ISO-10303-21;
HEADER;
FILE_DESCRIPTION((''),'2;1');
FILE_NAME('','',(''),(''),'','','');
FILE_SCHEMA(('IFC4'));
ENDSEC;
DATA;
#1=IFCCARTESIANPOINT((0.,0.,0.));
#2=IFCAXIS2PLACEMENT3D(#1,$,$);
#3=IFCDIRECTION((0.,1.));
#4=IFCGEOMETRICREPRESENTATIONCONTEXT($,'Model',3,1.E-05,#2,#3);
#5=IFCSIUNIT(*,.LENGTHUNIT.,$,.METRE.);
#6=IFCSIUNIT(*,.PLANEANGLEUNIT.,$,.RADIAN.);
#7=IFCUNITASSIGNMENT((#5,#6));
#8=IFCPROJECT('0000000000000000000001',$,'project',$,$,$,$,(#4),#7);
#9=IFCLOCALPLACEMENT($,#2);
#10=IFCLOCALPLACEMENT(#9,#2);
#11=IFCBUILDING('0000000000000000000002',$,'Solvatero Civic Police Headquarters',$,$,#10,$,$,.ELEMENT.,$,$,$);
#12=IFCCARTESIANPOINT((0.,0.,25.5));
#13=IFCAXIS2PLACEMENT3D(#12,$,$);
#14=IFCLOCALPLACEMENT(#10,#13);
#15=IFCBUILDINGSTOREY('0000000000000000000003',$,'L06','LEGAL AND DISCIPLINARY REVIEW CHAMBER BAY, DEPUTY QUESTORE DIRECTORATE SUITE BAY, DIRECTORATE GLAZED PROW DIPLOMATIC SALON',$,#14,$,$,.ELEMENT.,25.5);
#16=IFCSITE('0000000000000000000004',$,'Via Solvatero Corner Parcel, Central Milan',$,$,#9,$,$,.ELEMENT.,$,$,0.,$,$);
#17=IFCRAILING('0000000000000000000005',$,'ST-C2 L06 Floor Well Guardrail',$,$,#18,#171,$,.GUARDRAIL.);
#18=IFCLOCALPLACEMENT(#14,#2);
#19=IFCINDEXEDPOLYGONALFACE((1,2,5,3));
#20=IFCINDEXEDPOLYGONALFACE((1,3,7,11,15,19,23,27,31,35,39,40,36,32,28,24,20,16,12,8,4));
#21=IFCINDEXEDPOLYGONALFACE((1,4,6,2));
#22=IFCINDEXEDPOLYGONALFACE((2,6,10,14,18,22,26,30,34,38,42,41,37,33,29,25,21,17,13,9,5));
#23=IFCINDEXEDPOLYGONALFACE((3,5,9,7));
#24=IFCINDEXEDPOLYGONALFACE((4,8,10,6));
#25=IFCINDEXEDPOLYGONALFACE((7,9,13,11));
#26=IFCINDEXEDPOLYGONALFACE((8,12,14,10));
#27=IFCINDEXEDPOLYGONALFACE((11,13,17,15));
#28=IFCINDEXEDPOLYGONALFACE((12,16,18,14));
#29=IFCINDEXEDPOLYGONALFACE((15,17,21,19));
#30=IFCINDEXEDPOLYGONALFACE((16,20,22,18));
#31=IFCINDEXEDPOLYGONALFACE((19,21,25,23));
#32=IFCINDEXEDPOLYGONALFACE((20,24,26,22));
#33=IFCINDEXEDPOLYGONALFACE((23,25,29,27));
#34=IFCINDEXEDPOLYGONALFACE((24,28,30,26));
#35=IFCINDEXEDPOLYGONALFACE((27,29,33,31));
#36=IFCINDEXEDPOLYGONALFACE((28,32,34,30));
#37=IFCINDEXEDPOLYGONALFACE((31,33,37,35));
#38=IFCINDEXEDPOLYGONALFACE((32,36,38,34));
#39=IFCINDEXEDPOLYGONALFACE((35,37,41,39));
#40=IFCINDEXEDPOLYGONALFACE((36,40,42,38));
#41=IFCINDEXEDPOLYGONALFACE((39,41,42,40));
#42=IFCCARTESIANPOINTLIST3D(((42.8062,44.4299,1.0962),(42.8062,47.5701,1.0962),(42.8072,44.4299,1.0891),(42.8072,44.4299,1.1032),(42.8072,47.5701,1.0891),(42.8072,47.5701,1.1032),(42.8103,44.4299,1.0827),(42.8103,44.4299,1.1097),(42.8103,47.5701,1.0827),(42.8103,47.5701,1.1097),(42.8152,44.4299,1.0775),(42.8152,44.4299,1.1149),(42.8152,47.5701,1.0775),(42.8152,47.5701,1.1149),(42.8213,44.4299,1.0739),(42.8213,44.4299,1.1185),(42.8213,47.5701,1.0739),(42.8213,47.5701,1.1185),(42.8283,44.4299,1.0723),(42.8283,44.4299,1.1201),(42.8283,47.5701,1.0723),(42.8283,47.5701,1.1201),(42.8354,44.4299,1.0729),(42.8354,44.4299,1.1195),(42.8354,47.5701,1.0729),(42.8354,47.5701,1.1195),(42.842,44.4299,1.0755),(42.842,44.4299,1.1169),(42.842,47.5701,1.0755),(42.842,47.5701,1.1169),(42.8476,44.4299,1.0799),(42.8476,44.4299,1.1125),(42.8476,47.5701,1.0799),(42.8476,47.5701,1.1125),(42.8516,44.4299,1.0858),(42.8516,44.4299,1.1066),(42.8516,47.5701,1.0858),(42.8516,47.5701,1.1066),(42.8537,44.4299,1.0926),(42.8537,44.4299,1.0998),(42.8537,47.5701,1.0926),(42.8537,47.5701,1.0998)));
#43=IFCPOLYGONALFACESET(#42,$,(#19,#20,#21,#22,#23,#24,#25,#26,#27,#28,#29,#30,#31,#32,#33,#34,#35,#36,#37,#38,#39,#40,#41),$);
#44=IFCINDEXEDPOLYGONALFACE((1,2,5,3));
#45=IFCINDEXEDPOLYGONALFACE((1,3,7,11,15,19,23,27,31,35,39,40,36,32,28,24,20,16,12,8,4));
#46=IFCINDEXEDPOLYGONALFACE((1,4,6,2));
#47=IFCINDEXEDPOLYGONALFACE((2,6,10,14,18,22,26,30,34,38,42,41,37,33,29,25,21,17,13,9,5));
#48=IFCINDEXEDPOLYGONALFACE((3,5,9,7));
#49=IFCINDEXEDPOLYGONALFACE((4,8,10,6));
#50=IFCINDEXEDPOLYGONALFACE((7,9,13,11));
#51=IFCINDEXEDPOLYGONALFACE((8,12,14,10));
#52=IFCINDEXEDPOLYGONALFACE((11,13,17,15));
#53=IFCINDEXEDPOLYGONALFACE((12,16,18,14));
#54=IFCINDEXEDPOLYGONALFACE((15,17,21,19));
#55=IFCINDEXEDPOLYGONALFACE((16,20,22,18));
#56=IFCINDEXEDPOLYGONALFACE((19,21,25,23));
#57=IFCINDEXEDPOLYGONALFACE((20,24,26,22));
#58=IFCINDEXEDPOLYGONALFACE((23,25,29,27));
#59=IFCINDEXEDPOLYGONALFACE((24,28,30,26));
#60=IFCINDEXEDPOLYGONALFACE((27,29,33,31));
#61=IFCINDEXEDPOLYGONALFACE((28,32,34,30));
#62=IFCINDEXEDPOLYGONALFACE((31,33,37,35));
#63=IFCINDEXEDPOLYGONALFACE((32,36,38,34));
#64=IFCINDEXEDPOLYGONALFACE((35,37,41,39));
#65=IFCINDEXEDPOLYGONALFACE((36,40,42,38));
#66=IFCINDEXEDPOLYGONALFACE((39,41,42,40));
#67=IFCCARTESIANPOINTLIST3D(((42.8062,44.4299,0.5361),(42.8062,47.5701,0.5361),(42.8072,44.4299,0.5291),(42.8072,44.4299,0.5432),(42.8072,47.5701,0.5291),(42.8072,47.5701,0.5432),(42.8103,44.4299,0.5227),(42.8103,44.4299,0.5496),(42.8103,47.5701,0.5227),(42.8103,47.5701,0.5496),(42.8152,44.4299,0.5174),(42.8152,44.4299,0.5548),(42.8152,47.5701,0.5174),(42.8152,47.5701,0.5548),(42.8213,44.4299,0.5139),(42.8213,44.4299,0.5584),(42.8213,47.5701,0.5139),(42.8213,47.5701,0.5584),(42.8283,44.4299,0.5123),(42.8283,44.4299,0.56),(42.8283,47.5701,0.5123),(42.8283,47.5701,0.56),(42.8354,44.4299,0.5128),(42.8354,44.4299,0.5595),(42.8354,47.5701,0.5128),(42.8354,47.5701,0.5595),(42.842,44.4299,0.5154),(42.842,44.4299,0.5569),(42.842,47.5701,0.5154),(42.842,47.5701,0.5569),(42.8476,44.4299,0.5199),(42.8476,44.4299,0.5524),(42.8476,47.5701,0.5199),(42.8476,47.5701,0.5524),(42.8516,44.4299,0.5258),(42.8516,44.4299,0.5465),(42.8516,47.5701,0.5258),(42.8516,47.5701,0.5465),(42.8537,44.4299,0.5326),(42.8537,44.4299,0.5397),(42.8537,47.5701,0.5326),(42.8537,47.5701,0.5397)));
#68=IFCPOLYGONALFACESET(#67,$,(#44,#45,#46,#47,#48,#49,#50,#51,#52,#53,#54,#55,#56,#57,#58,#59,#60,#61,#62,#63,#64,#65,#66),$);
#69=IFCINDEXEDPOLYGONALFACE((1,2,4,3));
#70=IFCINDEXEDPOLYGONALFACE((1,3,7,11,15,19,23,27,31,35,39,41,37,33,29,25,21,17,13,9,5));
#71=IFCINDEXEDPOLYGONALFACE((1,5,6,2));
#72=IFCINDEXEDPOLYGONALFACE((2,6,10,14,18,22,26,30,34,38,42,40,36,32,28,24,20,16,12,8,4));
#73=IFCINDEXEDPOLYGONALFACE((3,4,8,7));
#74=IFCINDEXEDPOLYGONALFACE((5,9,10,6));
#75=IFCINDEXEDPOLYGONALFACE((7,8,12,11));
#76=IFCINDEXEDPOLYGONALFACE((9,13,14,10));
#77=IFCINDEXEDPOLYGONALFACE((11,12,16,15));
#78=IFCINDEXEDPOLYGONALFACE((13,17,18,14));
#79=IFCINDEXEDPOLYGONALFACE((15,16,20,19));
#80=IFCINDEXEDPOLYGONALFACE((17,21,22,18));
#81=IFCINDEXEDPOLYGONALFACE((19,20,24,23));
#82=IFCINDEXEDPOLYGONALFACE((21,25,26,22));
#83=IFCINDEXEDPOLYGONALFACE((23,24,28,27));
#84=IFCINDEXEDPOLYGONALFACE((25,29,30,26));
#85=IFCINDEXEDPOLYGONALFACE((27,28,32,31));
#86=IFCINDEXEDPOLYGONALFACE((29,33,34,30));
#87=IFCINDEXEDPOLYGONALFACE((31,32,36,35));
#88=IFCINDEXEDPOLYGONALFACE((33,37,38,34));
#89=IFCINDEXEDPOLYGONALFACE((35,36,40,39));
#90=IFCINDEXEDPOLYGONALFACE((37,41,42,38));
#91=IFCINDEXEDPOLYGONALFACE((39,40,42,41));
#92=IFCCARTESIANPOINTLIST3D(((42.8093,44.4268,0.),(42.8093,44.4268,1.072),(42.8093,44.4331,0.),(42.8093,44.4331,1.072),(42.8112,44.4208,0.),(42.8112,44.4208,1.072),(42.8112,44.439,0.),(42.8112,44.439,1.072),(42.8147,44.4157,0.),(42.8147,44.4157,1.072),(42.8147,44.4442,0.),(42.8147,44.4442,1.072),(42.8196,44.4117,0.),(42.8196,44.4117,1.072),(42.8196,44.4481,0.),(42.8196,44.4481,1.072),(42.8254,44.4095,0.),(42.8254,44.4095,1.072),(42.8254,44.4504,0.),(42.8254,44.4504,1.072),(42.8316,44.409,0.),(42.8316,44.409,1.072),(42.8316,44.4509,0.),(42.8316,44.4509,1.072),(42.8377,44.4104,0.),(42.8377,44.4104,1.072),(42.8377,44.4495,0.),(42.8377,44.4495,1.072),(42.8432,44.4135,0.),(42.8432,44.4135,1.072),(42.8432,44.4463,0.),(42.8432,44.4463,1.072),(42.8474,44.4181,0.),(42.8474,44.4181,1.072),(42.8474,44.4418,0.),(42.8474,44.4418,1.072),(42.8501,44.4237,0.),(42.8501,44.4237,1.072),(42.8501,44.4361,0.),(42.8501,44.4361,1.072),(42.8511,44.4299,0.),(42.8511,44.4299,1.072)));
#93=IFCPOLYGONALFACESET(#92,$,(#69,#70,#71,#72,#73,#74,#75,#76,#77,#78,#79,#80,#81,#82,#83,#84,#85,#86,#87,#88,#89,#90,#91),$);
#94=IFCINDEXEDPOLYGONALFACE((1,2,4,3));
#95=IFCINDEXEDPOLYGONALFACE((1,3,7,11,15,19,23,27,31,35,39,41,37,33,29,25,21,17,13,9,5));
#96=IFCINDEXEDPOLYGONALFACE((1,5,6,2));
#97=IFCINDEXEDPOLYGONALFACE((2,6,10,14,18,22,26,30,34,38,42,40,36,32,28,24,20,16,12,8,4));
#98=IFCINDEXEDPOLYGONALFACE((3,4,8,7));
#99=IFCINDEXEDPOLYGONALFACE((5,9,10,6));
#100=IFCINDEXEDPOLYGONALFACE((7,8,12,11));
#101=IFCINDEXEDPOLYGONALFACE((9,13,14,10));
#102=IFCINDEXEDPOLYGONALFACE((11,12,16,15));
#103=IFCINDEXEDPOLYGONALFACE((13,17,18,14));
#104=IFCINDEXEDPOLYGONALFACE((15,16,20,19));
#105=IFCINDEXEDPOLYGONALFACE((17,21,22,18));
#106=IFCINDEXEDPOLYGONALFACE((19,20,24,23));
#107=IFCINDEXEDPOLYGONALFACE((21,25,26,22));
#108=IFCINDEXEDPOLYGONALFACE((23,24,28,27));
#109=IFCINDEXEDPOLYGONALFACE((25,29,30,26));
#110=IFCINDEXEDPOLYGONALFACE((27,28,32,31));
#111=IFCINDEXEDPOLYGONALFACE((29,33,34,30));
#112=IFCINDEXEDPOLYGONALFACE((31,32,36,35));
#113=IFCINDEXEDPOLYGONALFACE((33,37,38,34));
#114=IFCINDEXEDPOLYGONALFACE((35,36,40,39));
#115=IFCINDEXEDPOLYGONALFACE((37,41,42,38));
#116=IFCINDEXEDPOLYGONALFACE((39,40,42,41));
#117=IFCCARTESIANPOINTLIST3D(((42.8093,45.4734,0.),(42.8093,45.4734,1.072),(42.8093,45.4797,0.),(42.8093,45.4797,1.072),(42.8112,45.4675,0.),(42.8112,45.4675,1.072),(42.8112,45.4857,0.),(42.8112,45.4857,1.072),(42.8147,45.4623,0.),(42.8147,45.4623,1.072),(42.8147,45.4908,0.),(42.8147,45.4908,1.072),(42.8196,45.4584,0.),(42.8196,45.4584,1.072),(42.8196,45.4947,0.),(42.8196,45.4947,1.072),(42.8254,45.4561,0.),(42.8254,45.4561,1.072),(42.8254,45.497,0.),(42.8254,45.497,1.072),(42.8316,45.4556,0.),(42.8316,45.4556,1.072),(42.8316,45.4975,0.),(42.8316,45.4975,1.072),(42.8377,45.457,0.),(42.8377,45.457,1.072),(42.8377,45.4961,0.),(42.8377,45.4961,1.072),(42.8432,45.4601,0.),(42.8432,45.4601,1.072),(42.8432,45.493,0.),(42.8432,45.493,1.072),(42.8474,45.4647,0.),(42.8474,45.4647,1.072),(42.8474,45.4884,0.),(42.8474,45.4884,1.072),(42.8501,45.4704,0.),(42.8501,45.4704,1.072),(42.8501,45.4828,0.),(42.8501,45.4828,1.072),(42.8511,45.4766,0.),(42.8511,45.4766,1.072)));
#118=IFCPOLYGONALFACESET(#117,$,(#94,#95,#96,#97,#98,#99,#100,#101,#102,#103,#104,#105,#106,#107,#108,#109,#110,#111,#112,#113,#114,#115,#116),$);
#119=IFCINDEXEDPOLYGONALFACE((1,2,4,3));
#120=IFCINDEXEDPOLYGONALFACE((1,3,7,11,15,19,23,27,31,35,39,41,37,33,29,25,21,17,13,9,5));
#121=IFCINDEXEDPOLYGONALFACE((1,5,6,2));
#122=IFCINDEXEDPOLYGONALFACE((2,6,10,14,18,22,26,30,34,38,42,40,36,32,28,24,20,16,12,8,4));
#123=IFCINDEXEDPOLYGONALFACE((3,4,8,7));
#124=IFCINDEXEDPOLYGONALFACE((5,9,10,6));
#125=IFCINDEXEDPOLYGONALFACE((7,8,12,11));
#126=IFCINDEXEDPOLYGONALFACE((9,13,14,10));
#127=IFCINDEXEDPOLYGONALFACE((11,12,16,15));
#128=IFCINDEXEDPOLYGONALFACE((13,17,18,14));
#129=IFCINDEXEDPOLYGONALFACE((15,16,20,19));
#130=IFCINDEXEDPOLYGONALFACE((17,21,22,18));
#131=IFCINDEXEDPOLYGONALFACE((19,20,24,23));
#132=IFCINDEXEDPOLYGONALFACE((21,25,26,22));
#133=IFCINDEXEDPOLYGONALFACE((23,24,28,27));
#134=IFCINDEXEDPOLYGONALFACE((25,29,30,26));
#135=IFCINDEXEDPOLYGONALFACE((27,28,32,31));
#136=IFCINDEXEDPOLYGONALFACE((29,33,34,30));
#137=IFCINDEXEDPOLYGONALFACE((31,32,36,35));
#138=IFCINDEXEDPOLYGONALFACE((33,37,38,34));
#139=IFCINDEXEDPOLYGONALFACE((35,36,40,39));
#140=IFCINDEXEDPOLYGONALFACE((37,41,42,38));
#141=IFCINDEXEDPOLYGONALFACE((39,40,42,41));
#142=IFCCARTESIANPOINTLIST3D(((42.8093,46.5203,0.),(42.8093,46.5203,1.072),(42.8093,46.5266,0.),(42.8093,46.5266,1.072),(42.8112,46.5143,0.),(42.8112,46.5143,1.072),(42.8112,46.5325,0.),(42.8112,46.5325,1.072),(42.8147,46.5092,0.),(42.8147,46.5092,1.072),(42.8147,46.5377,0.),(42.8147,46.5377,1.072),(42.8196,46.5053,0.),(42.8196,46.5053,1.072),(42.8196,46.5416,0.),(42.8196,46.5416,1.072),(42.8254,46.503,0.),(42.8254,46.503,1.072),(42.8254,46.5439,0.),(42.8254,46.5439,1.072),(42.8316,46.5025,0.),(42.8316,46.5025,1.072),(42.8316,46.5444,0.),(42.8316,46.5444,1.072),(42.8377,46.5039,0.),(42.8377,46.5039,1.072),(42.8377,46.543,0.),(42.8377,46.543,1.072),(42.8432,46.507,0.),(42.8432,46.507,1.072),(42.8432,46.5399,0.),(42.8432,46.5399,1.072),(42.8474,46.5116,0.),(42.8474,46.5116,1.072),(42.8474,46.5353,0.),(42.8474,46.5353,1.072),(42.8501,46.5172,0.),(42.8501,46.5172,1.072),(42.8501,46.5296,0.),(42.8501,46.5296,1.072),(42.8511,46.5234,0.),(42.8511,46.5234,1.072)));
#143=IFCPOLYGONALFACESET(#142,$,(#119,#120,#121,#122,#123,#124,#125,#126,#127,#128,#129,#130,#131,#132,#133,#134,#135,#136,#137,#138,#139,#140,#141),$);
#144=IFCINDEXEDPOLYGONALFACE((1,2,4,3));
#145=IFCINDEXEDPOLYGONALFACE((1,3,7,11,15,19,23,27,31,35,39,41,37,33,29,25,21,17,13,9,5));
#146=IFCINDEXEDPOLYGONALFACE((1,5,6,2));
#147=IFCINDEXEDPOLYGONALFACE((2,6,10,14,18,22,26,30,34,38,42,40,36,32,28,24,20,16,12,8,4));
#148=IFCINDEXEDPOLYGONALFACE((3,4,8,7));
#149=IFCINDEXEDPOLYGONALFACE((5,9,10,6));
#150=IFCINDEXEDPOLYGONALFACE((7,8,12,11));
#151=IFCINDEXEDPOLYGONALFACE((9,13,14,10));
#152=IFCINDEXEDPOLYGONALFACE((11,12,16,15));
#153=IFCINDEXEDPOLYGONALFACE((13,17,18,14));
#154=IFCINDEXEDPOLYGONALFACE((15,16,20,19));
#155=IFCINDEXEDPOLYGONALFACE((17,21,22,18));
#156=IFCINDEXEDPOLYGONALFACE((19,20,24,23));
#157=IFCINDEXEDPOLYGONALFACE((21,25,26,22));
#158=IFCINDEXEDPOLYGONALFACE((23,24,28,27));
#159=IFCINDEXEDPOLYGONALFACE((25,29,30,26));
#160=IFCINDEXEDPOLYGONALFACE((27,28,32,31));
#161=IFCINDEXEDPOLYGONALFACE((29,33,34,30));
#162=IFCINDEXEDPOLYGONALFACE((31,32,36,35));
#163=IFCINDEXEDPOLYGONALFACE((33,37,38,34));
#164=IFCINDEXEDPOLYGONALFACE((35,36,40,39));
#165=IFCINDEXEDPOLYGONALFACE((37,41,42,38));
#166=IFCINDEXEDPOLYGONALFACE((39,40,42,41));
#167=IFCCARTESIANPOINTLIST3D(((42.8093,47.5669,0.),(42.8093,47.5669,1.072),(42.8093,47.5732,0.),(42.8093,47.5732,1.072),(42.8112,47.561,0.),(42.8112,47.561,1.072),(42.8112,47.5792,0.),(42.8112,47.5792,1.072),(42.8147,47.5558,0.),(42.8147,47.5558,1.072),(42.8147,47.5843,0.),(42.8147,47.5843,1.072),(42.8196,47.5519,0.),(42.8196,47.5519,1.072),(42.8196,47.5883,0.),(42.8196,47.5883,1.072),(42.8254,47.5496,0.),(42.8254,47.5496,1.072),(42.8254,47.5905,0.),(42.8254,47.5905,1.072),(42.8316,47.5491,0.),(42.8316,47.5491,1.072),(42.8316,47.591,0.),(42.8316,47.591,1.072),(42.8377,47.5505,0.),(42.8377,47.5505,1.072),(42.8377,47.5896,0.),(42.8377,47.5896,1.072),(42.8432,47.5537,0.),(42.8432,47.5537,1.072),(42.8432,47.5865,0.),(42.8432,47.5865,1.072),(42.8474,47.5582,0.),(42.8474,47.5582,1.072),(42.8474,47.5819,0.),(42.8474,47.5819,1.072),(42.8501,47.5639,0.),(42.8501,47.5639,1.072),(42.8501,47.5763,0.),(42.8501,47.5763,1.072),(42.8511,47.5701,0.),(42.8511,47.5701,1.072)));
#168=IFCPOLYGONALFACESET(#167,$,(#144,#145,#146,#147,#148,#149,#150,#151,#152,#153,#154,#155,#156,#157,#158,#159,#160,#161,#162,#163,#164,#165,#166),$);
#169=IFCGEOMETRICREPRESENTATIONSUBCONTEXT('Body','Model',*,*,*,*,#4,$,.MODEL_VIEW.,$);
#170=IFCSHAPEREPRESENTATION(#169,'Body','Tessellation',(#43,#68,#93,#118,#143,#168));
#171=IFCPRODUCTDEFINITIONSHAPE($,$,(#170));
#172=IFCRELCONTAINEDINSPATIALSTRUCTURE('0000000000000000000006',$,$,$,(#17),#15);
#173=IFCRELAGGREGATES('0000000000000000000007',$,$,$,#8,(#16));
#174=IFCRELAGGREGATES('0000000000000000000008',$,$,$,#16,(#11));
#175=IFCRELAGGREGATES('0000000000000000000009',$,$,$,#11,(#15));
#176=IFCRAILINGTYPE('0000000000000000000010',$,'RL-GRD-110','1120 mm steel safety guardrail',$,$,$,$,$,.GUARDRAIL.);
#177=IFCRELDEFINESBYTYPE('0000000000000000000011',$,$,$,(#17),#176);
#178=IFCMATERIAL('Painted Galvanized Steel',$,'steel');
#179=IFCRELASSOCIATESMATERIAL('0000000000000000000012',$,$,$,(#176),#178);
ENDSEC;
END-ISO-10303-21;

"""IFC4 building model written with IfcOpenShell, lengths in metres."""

from ifc_helpers import new_model, si_unit, direction, frame, origin, origin_2d, place, context, subcontext, project, spatial, circle, extrude, material, type_object, element, save


model = new_model("IFC4")

# Units and contexts
model_context = context("Model", 3, precision=1e-05, world=origin(), true_north=direction((0.0, 1.0)))
body_context = subcontext(model_context, "Body", "Model", "MODEL_VIEW")
ifc_project = project(units=[si_unit("LENGTHUNIT", "METRE"), si_unit("PLANEANGLEUNIT", "RADIAN")], contexts=[model_context])

# Site, building, storey
site_placement = place(None, origin())
site = spatial("IfcSite", under=ifc_project, at=site_placement, Name="Via Solvatero Corner Parcel, Central Milan", CompositionType="ELEMENT", RefElevation=0.0)
building_placement = place(site_placement, origin())
building = spatial("IfcBuilding", under=site, at=building_placement, Name="Solvatero Civic Police Headquarters", CompositionType="ELEMENT")
storey_placement = place(building_placement, frame((0.0, 0.0, 25.5)))
storey = spatial("IfcBuildingStorey", under=building, at=storey_placement, Name="L06", Description="LEGAL AND DISCIPLINARY REVIEW CHAMBER BAY, DEPUTY QUESTORE DIRECTORATE SUITE BAY, DIRECTORATE GLAZED PROW DIPLOMATIC SALON", CompositionType="ELEMENT", Elevation=25.5)

# Railing
ifc_material_1 = material(Name="Painted Galvanized Steel", Category="steel")
railing_type_1 = type_object("IfcRailingType", Name="RL-GRD-110", Description="1120 mm steel safety guardrail", PredefinedType="GUARDRAIL", material=ifc_material_1)
railing_1_placement = place(storey_placement, frame((42.8301, 44.4299, 0.0)))
element("IfcRailing", 1, at=railing_1_placement, inside=storey, type_object=railing_type_1, Name="ST-C2 L06 Floor Well Guardrail", PredefinedType="GUARDRAIL", context=body_context, shape_type="SweptSolid", body=[
    extrude(circle(Radius=0.0239, at=origin_2d()), frame((0.0, 0.0, 1.0962), z_axis=(0.0, 1.0, 0.0), x_axis=(-1.0, 0.0, 0.0)), (0.0, 0.0, 1.0), 3.1401),
    extrude(circle(Radius=0.0239, at=origin_2d()), frame((0.0, 0.0, 0.5361), z_axis=(0.0, 1.0, 0.0), x_axis=(-1.0, 0.0, 0.0)), (0.0, 0.0, 1.0), 3.1401),
    extrude(circle(Radius=0.021, at=origin_2d()), origin(), (0.0, 0.0, 1.0), 1.072),
    extrude(circle(Radius=0.021, at=origin_2d()), frame((0.0, 1.0466, 0.0)), (0.0, 0.0, 1.0), 1.072),
    extrude(circle(Radius=0.021, at=origin_2d()), frame((0.0, 2.0935, 0.0)), (0.0, 0.0, 1.0), 1.072),
    extrude(circle(Radius=0.021, at=origin_2d()), frame((0.0, 3.1401, 0.0)), (0.0, 0.0, 1.0), 1.072),
])

save(model, "model.ifc")
